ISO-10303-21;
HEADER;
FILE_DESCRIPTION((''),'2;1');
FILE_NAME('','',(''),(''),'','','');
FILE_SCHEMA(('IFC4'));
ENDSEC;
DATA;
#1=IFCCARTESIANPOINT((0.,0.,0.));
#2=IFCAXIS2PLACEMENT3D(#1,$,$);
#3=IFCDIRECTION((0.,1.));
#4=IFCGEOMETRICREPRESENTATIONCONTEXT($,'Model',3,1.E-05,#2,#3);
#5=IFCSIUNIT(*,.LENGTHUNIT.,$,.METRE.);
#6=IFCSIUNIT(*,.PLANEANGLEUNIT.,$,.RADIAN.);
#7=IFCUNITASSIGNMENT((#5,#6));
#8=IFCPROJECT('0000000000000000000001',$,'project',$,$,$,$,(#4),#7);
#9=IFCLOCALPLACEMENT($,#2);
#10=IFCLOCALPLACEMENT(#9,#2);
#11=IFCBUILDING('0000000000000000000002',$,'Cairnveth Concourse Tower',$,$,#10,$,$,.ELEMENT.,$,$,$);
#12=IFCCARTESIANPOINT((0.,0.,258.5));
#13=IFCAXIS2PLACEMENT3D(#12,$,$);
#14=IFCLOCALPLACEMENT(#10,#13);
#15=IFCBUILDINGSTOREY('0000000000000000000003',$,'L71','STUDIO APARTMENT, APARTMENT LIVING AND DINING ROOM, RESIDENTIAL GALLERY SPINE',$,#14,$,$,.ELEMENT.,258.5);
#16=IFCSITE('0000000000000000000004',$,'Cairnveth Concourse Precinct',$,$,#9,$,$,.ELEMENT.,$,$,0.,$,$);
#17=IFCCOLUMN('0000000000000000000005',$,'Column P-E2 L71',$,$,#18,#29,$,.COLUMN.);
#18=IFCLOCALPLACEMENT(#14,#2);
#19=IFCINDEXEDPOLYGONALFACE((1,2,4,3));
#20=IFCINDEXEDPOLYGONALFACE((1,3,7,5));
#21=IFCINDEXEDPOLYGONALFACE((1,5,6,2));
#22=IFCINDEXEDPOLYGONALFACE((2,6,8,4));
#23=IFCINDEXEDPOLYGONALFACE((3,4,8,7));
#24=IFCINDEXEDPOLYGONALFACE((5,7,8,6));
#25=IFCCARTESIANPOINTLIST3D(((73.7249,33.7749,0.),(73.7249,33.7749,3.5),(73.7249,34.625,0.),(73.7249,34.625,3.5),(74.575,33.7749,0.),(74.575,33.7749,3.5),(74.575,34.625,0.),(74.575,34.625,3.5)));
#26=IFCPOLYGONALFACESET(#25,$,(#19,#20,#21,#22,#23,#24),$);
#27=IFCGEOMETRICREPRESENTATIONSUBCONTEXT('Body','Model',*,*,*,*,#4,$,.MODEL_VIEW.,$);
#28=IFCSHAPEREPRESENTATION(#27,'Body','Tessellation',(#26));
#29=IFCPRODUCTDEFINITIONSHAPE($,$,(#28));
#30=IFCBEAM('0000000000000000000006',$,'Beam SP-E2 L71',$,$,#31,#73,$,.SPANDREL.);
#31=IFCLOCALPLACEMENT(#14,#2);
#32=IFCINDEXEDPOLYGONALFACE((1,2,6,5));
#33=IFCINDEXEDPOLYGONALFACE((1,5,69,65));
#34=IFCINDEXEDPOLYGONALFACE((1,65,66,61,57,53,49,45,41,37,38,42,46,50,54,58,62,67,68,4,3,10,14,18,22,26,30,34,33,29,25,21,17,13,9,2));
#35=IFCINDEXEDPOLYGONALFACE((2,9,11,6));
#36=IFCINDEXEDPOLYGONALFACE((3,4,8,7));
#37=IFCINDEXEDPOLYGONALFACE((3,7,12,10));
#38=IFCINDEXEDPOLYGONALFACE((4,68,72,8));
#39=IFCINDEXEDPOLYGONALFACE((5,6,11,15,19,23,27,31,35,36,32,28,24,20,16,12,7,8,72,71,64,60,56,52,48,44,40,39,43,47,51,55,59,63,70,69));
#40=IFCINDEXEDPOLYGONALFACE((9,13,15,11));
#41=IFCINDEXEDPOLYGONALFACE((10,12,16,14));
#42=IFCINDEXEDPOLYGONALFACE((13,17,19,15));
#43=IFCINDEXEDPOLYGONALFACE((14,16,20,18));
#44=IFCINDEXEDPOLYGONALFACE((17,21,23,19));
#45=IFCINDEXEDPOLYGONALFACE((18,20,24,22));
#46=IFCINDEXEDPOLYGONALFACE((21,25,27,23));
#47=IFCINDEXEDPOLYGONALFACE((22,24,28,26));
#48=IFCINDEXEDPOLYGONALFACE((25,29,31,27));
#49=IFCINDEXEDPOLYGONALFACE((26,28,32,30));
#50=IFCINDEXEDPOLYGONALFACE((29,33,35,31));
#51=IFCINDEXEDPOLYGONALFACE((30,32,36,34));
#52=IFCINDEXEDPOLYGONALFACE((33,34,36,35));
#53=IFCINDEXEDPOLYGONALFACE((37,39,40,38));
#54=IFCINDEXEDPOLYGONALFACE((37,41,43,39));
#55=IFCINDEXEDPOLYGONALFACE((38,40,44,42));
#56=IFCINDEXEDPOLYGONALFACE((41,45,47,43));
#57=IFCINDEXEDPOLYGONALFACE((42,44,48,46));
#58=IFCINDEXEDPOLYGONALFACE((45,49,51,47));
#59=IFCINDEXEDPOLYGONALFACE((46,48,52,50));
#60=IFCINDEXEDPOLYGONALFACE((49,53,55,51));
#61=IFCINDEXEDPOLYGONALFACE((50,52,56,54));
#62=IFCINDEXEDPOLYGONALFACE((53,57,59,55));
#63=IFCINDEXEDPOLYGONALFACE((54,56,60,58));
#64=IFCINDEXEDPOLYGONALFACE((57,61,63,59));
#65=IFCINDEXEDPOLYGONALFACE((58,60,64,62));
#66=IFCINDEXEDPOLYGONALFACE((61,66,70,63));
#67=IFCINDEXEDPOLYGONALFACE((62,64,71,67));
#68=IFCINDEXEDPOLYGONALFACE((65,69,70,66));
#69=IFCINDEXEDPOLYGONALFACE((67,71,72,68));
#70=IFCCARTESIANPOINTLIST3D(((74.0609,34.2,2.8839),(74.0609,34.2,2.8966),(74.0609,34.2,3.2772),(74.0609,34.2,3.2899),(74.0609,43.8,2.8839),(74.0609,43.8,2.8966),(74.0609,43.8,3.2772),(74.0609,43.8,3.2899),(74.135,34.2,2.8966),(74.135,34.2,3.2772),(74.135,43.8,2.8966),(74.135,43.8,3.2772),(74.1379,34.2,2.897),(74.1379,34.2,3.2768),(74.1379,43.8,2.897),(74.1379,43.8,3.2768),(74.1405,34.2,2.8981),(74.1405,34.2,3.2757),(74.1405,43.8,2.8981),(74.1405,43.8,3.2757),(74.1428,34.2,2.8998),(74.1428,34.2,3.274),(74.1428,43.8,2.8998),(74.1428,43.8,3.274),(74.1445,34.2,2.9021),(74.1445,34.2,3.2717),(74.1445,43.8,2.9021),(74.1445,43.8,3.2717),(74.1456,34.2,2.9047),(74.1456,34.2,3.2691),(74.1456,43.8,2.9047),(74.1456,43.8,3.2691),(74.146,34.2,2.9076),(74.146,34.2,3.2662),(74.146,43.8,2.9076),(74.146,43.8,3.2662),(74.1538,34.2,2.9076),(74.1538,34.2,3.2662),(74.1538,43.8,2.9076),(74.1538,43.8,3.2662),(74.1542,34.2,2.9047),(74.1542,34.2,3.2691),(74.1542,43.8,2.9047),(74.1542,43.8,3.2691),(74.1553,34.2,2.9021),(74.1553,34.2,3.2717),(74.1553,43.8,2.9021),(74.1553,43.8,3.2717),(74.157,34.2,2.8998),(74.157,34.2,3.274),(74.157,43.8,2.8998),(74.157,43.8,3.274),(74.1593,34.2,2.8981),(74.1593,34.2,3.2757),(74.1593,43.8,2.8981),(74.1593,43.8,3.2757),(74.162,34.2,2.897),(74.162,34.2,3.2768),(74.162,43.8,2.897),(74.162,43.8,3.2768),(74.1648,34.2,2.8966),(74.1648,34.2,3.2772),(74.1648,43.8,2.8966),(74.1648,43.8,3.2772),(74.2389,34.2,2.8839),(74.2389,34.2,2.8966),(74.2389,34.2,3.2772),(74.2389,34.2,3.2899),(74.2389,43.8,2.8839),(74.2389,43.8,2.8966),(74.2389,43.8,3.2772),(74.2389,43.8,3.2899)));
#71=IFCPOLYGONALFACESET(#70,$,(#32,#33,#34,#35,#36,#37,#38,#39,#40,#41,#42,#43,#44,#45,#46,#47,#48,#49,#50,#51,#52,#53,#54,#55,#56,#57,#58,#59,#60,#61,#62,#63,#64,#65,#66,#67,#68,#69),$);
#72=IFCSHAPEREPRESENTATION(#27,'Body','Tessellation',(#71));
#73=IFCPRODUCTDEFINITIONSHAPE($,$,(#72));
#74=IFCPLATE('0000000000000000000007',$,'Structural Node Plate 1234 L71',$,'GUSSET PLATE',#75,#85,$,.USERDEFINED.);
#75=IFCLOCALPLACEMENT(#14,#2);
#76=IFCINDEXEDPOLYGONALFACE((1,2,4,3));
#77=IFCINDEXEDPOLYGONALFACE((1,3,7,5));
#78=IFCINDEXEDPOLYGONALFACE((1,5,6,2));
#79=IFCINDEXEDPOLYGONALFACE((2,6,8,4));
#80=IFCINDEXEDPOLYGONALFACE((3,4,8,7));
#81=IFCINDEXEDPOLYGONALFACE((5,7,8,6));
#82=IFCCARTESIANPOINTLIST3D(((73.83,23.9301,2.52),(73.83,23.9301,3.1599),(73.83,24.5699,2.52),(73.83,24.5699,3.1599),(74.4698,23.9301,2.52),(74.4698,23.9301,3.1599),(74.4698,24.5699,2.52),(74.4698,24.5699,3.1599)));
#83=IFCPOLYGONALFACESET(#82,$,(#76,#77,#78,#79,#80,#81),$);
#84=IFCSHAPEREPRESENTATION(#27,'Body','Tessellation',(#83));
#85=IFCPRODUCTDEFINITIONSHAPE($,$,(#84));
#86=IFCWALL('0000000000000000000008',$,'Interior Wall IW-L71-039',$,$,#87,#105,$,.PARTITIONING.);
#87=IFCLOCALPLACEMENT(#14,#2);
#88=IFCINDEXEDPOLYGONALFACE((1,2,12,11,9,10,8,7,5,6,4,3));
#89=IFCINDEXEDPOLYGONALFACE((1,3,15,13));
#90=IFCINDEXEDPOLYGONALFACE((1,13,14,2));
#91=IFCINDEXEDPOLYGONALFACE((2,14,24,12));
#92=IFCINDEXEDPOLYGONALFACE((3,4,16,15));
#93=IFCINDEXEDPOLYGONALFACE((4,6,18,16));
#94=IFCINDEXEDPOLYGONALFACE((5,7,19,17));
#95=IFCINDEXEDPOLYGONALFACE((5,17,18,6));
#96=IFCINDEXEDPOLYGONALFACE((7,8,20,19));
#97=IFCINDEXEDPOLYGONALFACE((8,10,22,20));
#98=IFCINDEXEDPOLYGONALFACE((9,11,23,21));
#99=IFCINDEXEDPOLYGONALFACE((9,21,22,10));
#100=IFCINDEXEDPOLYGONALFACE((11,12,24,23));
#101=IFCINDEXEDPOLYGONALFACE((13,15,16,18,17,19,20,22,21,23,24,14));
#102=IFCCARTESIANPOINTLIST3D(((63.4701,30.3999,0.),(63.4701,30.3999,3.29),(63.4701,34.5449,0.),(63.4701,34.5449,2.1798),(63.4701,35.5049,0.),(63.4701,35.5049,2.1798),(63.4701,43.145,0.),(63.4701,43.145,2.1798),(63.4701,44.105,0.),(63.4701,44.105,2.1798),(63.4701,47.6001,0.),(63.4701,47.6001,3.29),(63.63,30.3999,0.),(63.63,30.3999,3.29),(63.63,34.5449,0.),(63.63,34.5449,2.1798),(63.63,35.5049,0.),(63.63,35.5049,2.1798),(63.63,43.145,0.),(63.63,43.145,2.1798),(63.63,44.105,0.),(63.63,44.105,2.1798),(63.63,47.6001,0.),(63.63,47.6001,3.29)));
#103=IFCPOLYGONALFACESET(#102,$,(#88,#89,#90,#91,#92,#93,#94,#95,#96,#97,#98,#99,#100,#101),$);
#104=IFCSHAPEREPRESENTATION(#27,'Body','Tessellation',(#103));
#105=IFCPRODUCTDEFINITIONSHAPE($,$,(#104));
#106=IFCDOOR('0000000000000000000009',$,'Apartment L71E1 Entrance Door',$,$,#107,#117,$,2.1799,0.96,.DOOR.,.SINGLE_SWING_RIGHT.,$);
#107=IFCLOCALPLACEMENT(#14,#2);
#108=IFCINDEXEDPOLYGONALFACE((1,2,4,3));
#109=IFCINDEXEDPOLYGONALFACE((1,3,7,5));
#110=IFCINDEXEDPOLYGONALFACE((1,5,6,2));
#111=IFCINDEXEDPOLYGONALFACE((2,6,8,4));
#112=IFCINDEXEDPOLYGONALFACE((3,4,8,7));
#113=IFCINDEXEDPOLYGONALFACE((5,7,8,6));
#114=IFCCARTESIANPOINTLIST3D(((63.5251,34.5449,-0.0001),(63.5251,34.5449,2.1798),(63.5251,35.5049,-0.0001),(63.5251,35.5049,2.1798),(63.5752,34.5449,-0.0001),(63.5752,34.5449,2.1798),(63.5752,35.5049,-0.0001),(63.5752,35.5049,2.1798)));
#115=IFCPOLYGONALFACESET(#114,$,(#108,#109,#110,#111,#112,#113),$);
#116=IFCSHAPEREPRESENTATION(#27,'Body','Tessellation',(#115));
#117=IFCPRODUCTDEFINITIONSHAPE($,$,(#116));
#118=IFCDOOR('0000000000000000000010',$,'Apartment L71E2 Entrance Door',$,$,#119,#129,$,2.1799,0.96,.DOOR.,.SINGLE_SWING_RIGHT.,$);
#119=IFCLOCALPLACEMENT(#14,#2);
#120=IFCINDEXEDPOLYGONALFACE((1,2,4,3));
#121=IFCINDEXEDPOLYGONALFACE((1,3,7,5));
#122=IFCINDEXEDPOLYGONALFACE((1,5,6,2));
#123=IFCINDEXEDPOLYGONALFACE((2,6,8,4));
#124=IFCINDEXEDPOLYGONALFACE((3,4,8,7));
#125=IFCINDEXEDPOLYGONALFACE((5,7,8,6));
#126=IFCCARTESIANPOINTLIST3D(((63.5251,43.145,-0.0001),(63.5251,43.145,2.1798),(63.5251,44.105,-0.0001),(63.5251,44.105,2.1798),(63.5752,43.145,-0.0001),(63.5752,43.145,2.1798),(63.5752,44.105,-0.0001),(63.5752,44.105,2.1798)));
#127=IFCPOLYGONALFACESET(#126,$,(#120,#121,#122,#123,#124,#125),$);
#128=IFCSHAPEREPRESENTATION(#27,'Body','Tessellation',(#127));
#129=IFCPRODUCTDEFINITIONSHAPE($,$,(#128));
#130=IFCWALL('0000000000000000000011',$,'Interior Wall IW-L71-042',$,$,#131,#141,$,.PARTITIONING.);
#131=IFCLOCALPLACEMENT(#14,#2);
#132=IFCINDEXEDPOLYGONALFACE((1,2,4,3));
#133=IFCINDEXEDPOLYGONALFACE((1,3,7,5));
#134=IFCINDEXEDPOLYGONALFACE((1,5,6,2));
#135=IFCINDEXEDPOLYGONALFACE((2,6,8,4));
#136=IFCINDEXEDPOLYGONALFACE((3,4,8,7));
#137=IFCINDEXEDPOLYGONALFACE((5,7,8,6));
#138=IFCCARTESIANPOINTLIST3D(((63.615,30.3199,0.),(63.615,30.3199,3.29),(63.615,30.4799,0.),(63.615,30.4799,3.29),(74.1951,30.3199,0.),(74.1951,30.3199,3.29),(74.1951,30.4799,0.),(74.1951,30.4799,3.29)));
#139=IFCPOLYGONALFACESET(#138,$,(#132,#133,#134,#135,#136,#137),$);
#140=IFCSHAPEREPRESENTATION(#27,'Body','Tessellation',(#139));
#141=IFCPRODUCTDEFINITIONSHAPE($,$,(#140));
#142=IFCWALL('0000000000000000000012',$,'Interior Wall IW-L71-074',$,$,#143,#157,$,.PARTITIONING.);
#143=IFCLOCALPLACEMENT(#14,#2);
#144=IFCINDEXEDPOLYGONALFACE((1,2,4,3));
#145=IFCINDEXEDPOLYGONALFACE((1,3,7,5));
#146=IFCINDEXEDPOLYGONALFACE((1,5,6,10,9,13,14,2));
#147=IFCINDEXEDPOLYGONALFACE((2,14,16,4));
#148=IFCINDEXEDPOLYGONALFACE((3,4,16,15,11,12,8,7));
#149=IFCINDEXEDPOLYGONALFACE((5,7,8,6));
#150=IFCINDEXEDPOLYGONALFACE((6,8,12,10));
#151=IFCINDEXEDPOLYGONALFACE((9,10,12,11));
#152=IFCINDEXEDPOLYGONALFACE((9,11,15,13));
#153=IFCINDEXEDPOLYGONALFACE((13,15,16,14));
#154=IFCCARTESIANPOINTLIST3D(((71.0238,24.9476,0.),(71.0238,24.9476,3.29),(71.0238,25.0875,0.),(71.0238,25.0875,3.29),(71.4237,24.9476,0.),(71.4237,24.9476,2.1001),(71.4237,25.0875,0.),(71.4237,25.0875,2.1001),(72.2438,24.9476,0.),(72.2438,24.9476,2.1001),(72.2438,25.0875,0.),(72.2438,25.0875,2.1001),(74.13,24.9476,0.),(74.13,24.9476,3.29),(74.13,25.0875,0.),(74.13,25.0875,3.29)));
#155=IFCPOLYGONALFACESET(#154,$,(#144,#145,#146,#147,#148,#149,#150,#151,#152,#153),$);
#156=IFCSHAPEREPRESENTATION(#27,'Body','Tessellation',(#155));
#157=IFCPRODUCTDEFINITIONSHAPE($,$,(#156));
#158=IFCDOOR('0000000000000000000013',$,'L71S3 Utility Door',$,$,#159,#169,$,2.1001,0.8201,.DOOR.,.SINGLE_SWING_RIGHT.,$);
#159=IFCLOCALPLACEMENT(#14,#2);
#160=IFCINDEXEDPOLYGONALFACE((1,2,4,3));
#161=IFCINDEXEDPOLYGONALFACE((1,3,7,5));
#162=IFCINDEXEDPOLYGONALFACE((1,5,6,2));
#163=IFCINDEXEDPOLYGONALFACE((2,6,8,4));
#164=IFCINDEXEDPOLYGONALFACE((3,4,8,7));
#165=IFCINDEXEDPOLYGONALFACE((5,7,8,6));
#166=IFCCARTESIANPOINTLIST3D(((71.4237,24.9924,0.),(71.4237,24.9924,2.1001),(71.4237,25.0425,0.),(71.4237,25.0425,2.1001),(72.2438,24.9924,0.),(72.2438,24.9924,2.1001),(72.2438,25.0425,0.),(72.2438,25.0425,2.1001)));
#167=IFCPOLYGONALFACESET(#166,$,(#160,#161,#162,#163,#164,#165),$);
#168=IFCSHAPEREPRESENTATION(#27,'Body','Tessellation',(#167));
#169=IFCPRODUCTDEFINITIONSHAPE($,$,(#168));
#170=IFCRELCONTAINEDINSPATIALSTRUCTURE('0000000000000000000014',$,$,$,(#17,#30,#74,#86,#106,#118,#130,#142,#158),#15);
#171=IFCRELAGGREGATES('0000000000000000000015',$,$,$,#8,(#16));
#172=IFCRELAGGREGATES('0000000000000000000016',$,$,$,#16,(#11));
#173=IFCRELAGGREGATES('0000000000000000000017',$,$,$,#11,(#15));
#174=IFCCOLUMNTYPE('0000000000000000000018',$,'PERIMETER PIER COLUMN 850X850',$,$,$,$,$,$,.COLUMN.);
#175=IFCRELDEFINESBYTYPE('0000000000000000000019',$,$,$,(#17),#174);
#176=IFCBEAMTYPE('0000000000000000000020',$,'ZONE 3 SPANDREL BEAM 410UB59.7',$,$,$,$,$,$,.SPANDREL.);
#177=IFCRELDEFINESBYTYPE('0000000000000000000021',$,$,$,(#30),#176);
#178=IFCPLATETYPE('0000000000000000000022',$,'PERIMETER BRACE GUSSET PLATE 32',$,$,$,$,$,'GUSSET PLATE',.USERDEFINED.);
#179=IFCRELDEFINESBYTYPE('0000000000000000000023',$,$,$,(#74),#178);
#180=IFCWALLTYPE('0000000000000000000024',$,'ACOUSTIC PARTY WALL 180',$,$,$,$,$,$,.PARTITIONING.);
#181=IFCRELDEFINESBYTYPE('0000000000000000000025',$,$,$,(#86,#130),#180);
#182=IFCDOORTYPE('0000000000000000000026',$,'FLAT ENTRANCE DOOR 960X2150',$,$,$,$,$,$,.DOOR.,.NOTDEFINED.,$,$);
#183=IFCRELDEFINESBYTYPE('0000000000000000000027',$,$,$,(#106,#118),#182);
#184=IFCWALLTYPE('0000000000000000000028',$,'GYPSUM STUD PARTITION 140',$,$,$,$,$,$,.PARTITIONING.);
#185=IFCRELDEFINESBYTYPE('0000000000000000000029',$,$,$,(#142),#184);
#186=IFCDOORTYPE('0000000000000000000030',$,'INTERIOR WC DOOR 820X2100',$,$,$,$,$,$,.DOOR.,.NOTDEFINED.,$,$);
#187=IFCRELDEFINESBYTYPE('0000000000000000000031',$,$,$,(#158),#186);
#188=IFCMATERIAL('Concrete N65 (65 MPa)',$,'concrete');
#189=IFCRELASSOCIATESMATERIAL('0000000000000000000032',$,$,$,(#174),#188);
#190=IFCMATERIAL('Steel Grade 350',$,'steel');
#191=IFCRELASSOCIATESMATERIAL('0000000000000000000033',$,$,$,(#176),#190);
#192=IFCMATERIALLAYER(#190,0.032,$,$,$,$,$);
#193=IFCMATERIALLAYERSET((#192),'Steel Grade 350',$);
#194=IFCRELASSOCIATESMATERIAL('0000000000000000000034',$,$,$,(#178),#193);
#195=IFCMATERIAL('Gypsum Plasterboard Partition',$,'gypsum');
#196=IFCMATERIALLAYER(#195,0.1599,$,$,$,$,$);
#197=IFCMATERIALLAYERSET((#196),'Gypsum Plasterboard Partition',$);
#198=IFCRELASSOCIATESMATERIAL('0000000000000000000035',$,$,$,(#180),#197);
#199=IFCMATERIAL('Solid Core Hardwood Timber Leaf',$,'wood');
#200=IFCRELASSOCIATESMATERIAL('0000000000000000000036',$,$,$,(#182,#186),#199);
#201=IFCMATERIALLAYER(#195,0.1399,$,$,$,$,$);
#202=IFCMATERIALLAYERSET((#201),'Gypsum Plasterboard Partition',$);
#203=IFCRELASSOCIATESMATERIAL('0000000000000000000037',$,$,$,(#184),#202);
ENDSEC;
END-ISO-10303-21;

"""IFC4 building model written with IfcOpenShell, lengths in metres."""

from ifc_helpers import new_model, si_unit, direction, frame, frame_2d, origin, origin_2d, place, context, subcontext, project, spatial, rectangle, i_section, extrude, material, layer, layer_set, material_profile, profile_set, type_object, element, fill, save


model = new_model("IFC4")

# Units and contexts
model_context = context("Model", 3, precision=1e-05, world=origin(), true_north=direction((0.0, 1.0)))
body_context = subcontext(model_context, "Body", "Model", "MODEL_VIEW")
ifc_project = project(units=[si_unit("LENGTHUNIT", "METRE"), si_unit("PLANEANGLEUNIT", "RADIAN")], contexts=[model_context])

# Site, building, storey
site_placement = place(None, origin())
site = spatial("IfcSite", under=ifc_project, at=site_placement, Name="Cairnveth Concourse Precinct", CompositionType="ELEMENT", RefElevation=0.0)
building_placement = place(site_placement, origin())
building = spatial("IfcBuilding", under=site, at=building_placement, Name="Cairnveth Concourse Tower", CompositionType="ELEMENT")
storey_placement = place(building_placement, frame((0.0, 0.0, 258.5)))
storey = spatial("IfcBuildingStorey", under=building, at=storey_placement, Name="L71", Description="STUDIO APARTMENT, APARTMENT LIVING AND DINING ROOM, RESIDENTIAL GALLERY SPINE", CompositionType="ELEMENT", Elevation=258.5)

# Column
ifc_material_1 = material(Name="Concrete N65 (65 MPa)", Category="concrete")
ifc_material_profile_1 = material_profile(ifc_material_1, rectangle(XDim=0.8501, YDim=0.8501, at=origin_2d()), Name="RC-COL-850x850")
ifc_profile_set_1 = profile_set([ifc_material_profile_1], Name="Concrete N65 (65 MPa)")
column_type = type_object("IfcColumnType", Name="PERIMETER PIER COLUMN 850X850", PredefinedType="COLUMN", material=ifc_profile_set_1)
column_placement = place(storey_placement, frame((74.1499, 34.2, 0.0), z_axis=(0.0, 0.0, 1.0), x_axis=(0.0, 1.0, 0.0)))
element("IfcColumn", 1, at=column_placement, inside=storey, type_object=column_type, Name="Column P-E2 L71", PredefinedType="COLUMN", context=body_context, shape_type="SweptSolid", body=[
    extrude(rectangle(XDim=0.8501, YDim=0.8501, at=origin_2d()), origin(), (0.0, 0.0, 1.0), 3.5),
])

# Beam
ifc_material_2 = material(Name="Steel Grade 350", Category="steel")
ifc_material_profile_2 = material_profile(ifc_material_2, i_section(OverallWidth=0.178, OverallDepth=0.406, WebThickness=0.0078, FlangeThickness=0.0127, FilletRadius=0.011, at=origin_2d()), Name="410UB59.7")
ifc_profile_set_2 = profile_set([ifc_material_profile_2], Name="Steel Grade 350")
beam_type = type_object("IfcBeamType", Name="ZONE 3 SPANDREL BEAM 410UB59.7", PredefinedType="SPANDREL", material=ifc_profile_set_2)
beam_placement = place(storey_placement, frame((74.1499, 34.2, 3.0869), z_axis=(0.0, 1.0, 0.0), x_axis=(-1.0, 0.0, 0.0)))
element("IfcBeam", 2, at=beam_placement, inside=storey, type_object=beam_type, Name="Beam SP-E2 L71", PredefinedType="SPANDREL", context=body_context, shape_type="SweptSolid", body=[
    extrude(i_section(OverallWidth=0.178, OverallDepth=0.406, WebThickness=0.0078, FlangeThickness=0.0127, FilletRadius=0.011, at=origin_2d()), origin(), (0.0, 0.0, 1.0), 9.6001),
])

# Plate
ifc_layer_1 = layer(ifc_material_2, 0.032)
ifc_layer_set_1 = layer_set([ifc_layer_1], Name="Steel Grade 350")
plate_type = type_object("IfcPlateType", Name="PERIMETER BRACE GUSSET PLATE 32", ElementType="GUSSET PLATE", PredefinedType="USERDEFINED", material=ifc_layer_set_1)
plate_placement = place(storey_placement, frame((74.1499, 24.25, 2.52), z_axis=(0.0, 0.0, 1.0), x_axis=(1.0, 0.0, 0.0)))
element("IfcPlate", 3, at=plate_placement, inside=storey, type_object=plate_type, Name="Structural Node Plate 1234 L71", ObjectType="GUSSET PLATE", PredefinedType="USERDEFINED", context=body_context, shape_type="SweptSolid", body=[
    extrude(rectangle(XDim=0.6399, YDim=0.6399, at=origin_2d()), origin(), (0.0, 0.0, 1.0), 0.6399),
])

# Wall, openings, doors
ifc_material_3 = material(Name="Gypsum Plasterboard Partition", Category="gypsum")
ifc_layer_2 = layer(ifc_material_3, 0.1599)
ifc_layer_set_2 = layer_set([ifc_layer_2], Name="Gypsum Plasterboard Partition")
wall_type_1 = type_object("IfcWallType", Name="ACOUSTIC PARTY WALL 180", PredefinedType="PARTITIONING", material=ifc_layer_set_2)
wall_1_placement = place(storey_placement, frame((63.55, 30.3999, 0.0), z_axis=(0.0, 0.0, 1.0), x_axis=(0.0, 1.0, 0.0)))
wall_1 = element("IfcWall", 4, at=wall_1_placement, inside=storey, type_object=wall_type_1, Name="Interior Wall IW-L71-039", PredefinedType="PARTITIONING", context=body_context, shape_type="SweptSolid", body=[
    extrude(rectangle(XDim=17.2002, YDim=0.1599, at=frame_2d((8.6001, 0.0))), origin(), (0.0, 0.0, 1.0), 3.29),
])
opening_1_placement = place(wall_1_placement, frame((4.145, 0.0, 0.0)))
opening_1 = element("IfcOpeningElement", 5, at=opening_1_placement, cuts=wall_1, PredefinedType="OPENING", context=body_context, shape_type="SweptSolid", body=[
    extrude(rectangle(XDim=0.96, YDim=2.1799, at=frame_2d((0.48, 1.0898))), frame((0.0, 0.0898, 0.0), z_axis=(0.0, -1.0, 0.0), x_axis=(1.0, 0.0, 0.0)), (0.0, 0.0, 1.0), 0.1799),
])
opening_2_placement = place(wall_1_placement, frame((12.7451, 0.0, 0.0)))
opening_2 = element("IfcOpeningElement", 6, at=opening_2_placement, cuts=wall_1, PredefinedType="OPENING", context=body_context, shape_type="SweptSolid", body=[
    extrude(rectangle(XDim=0.96, YDim=2.1799, at=frame_2d((0.48, 1.0898))), frame((0.0, 0.0898, 0.0), z_axis=(0.0, -1.0, 0.0), x_axis=(1.0, 0.0, 0.0)), (0.0, 0.0, 1.0), 0.1799),
])
ifc_material_4 = material(Name="Solid Core Hardwood Timber Leaf", Category="wood")
door_type_1 = type_object("IfcDoorType", Name="FLAT ENTRANCE DOOR 960X2150", OperationType="NOTDEFINED", PredefinedType="DOOR", material=ifc_material_4)
door_1_placement = place(opening_1_placement, origin())
door_1 = element("IfcDoor", 7, at=door_1_placement, inside=storey, type_object=door_type_1, Name="Apartment L71E1 Entrance Door", OperationType="SINGLE_SWING_RIGHT", OverallHeight=2.1799, OverallWidth=0.96, PredefinedType="DOOR", context=body_context, shape_type="SweptSolid", body=[
    extrude(rectangle(XDim=0.96, YDim=2.1799, at=frame_2d((0.48, 1.0898))), frame((0.0, 0.0249, 0.0), z_axis=(0.0, -1.0, 0.0), x_axis=(1.0, 0.0, 0.0)), (0.0, 0.0, 1.0), 0.05),
])
fill(opening_1, door_1)
door_2_placement = place(opening_2_placement, origin())
door_2 = element("IfcDoor", 8, at=door_2_placement, inside=storey, type_object=door_type_1, Name="Apartment L71E2 Entrance Door", OperationType="SINGLE_SWING_RIGHT", OverallHeight=2.1799, OverallWidth=0.96, PredefinedType="DOOR", context=body_context, shape_type="SweptSolid", body=[
    extrude(rectangle(XDim=0.96, YDim=2.1799, at=frame_2d((0.48, 1.0898))), frame((0.0, 0.0249, 0.0), z_axis=(0.0, -1.0, 0.0), x_axis=(1.0, 0.0, 0.0)), (0.0, 0.0, 1.0), 0.05),
])
fill(opening_2, door_2)

# Wall
wall_2_placement = place(storey_placement, frame((63.615, 30.3999, 0.0), z_axis=(0.0, 0.0, 1.0), x_axis=(1.0, 0.0, 0.0)))
element("IfcWall", 9, at=wall_2_placement, inside=storey, type_object=wall_type_1, Name="Interior Wall IW-L71-042", PredefinedType="PARTITIONING", context=body_context, shape_type="SweptSolid", body=[
    extrude(rectangle(XDim=10.5801, YDim=0.1599, at=frame_2d((5.29, 0.0))), origin(), (0.0, 0.0, 1.0), 3.29),
])

# Wall, opening, door
ifc_layer_3 = layer(ifc_material_3, 0.1399)
ifc_layer_set_3 = layer_set([ifc_layer_3], Name="Gypsum Plasterboard Partition")
wall_type_2 = type_object("IfcWallType", Name="GYPSUM STUD PARTITION 140", PredefinedType="PARTITIONING", material=ifc_layer_set_3)
wall_3_placement = place(storey_placement, frame((71.0237, 25.0176, 0.0), z_axis=(0.0, 0.0, 1.0), x_axis=(1.0, 0.0, 0.0)))
wall_3 = element("IfcWall", 10, at=wall_3_placement, inside=storey, type_object=wall_type_2, Name="Interior Wall IW-L71-074", PredefinedType="PARTITIONING", context=body_context, shape_type="SweptSolid", body=[
    extrude(rectangle(XDim=3.1062, YDim=0.1399, at=frame_2d((1.5532, 0.0))), origin(), (0.0, 0.0, 1.0), 3.29),
])
opening_3_placement = place(wall_3_placement, frame((0.3999, 0.0, 0.0)))
opening_3 = element("IfcOpeningElement", 11, at=opening_3_placement, cuts=wall_3, PredefinedType="OPENING", context=body_context, shape_type="SweptSolid", body=[
    extrude(rectangle(XDim=0.8201, YDim=2.1001, at=frame_2d((0.4102, 1.05))), frame((0.0, 0.0798, 0.0), z_axis=(0.0, -1.0, 0.0), x_axis=(1.0, 0.0, 0.0)), (0.0, 0.0, 1.0), 0.1599),
])
door_type_2 = type_object("IfcDoorType", Name="INTERIOR WC DOOR 820X2100", OperationType="NOTDEFINED", PredefinedType="DOOR", material=ifc_material_4)
door_3_placement = place(opening_3_placement, origin())
door_3 = element("IfcDoor", 12, at=door_3_placement, inside=storey, type_object=door_type_2, Name="L71S3 Utility Door", OperationType="SINGLE_SWING_RIGHT", OverallHeight=2.1001, OverallWidth=0.8201, PredefinedType="DOOR", context=body_context, shape_type="SweptSolid", body=[
    extrude(rectangle(XDim=0.8201, YDim=2.1001, at=frame_2d((0.4102, 1.05))), frame((0.0, 0.0249, 0.0), z_axis=(0.0, -1.0, 0.0), x_axis=(1.0, 0.0, 0.0)), (0.0, 0.0, 1.0), 0.05),
])
fill(opening_3, door_3)

save(model, "model.ifc")
